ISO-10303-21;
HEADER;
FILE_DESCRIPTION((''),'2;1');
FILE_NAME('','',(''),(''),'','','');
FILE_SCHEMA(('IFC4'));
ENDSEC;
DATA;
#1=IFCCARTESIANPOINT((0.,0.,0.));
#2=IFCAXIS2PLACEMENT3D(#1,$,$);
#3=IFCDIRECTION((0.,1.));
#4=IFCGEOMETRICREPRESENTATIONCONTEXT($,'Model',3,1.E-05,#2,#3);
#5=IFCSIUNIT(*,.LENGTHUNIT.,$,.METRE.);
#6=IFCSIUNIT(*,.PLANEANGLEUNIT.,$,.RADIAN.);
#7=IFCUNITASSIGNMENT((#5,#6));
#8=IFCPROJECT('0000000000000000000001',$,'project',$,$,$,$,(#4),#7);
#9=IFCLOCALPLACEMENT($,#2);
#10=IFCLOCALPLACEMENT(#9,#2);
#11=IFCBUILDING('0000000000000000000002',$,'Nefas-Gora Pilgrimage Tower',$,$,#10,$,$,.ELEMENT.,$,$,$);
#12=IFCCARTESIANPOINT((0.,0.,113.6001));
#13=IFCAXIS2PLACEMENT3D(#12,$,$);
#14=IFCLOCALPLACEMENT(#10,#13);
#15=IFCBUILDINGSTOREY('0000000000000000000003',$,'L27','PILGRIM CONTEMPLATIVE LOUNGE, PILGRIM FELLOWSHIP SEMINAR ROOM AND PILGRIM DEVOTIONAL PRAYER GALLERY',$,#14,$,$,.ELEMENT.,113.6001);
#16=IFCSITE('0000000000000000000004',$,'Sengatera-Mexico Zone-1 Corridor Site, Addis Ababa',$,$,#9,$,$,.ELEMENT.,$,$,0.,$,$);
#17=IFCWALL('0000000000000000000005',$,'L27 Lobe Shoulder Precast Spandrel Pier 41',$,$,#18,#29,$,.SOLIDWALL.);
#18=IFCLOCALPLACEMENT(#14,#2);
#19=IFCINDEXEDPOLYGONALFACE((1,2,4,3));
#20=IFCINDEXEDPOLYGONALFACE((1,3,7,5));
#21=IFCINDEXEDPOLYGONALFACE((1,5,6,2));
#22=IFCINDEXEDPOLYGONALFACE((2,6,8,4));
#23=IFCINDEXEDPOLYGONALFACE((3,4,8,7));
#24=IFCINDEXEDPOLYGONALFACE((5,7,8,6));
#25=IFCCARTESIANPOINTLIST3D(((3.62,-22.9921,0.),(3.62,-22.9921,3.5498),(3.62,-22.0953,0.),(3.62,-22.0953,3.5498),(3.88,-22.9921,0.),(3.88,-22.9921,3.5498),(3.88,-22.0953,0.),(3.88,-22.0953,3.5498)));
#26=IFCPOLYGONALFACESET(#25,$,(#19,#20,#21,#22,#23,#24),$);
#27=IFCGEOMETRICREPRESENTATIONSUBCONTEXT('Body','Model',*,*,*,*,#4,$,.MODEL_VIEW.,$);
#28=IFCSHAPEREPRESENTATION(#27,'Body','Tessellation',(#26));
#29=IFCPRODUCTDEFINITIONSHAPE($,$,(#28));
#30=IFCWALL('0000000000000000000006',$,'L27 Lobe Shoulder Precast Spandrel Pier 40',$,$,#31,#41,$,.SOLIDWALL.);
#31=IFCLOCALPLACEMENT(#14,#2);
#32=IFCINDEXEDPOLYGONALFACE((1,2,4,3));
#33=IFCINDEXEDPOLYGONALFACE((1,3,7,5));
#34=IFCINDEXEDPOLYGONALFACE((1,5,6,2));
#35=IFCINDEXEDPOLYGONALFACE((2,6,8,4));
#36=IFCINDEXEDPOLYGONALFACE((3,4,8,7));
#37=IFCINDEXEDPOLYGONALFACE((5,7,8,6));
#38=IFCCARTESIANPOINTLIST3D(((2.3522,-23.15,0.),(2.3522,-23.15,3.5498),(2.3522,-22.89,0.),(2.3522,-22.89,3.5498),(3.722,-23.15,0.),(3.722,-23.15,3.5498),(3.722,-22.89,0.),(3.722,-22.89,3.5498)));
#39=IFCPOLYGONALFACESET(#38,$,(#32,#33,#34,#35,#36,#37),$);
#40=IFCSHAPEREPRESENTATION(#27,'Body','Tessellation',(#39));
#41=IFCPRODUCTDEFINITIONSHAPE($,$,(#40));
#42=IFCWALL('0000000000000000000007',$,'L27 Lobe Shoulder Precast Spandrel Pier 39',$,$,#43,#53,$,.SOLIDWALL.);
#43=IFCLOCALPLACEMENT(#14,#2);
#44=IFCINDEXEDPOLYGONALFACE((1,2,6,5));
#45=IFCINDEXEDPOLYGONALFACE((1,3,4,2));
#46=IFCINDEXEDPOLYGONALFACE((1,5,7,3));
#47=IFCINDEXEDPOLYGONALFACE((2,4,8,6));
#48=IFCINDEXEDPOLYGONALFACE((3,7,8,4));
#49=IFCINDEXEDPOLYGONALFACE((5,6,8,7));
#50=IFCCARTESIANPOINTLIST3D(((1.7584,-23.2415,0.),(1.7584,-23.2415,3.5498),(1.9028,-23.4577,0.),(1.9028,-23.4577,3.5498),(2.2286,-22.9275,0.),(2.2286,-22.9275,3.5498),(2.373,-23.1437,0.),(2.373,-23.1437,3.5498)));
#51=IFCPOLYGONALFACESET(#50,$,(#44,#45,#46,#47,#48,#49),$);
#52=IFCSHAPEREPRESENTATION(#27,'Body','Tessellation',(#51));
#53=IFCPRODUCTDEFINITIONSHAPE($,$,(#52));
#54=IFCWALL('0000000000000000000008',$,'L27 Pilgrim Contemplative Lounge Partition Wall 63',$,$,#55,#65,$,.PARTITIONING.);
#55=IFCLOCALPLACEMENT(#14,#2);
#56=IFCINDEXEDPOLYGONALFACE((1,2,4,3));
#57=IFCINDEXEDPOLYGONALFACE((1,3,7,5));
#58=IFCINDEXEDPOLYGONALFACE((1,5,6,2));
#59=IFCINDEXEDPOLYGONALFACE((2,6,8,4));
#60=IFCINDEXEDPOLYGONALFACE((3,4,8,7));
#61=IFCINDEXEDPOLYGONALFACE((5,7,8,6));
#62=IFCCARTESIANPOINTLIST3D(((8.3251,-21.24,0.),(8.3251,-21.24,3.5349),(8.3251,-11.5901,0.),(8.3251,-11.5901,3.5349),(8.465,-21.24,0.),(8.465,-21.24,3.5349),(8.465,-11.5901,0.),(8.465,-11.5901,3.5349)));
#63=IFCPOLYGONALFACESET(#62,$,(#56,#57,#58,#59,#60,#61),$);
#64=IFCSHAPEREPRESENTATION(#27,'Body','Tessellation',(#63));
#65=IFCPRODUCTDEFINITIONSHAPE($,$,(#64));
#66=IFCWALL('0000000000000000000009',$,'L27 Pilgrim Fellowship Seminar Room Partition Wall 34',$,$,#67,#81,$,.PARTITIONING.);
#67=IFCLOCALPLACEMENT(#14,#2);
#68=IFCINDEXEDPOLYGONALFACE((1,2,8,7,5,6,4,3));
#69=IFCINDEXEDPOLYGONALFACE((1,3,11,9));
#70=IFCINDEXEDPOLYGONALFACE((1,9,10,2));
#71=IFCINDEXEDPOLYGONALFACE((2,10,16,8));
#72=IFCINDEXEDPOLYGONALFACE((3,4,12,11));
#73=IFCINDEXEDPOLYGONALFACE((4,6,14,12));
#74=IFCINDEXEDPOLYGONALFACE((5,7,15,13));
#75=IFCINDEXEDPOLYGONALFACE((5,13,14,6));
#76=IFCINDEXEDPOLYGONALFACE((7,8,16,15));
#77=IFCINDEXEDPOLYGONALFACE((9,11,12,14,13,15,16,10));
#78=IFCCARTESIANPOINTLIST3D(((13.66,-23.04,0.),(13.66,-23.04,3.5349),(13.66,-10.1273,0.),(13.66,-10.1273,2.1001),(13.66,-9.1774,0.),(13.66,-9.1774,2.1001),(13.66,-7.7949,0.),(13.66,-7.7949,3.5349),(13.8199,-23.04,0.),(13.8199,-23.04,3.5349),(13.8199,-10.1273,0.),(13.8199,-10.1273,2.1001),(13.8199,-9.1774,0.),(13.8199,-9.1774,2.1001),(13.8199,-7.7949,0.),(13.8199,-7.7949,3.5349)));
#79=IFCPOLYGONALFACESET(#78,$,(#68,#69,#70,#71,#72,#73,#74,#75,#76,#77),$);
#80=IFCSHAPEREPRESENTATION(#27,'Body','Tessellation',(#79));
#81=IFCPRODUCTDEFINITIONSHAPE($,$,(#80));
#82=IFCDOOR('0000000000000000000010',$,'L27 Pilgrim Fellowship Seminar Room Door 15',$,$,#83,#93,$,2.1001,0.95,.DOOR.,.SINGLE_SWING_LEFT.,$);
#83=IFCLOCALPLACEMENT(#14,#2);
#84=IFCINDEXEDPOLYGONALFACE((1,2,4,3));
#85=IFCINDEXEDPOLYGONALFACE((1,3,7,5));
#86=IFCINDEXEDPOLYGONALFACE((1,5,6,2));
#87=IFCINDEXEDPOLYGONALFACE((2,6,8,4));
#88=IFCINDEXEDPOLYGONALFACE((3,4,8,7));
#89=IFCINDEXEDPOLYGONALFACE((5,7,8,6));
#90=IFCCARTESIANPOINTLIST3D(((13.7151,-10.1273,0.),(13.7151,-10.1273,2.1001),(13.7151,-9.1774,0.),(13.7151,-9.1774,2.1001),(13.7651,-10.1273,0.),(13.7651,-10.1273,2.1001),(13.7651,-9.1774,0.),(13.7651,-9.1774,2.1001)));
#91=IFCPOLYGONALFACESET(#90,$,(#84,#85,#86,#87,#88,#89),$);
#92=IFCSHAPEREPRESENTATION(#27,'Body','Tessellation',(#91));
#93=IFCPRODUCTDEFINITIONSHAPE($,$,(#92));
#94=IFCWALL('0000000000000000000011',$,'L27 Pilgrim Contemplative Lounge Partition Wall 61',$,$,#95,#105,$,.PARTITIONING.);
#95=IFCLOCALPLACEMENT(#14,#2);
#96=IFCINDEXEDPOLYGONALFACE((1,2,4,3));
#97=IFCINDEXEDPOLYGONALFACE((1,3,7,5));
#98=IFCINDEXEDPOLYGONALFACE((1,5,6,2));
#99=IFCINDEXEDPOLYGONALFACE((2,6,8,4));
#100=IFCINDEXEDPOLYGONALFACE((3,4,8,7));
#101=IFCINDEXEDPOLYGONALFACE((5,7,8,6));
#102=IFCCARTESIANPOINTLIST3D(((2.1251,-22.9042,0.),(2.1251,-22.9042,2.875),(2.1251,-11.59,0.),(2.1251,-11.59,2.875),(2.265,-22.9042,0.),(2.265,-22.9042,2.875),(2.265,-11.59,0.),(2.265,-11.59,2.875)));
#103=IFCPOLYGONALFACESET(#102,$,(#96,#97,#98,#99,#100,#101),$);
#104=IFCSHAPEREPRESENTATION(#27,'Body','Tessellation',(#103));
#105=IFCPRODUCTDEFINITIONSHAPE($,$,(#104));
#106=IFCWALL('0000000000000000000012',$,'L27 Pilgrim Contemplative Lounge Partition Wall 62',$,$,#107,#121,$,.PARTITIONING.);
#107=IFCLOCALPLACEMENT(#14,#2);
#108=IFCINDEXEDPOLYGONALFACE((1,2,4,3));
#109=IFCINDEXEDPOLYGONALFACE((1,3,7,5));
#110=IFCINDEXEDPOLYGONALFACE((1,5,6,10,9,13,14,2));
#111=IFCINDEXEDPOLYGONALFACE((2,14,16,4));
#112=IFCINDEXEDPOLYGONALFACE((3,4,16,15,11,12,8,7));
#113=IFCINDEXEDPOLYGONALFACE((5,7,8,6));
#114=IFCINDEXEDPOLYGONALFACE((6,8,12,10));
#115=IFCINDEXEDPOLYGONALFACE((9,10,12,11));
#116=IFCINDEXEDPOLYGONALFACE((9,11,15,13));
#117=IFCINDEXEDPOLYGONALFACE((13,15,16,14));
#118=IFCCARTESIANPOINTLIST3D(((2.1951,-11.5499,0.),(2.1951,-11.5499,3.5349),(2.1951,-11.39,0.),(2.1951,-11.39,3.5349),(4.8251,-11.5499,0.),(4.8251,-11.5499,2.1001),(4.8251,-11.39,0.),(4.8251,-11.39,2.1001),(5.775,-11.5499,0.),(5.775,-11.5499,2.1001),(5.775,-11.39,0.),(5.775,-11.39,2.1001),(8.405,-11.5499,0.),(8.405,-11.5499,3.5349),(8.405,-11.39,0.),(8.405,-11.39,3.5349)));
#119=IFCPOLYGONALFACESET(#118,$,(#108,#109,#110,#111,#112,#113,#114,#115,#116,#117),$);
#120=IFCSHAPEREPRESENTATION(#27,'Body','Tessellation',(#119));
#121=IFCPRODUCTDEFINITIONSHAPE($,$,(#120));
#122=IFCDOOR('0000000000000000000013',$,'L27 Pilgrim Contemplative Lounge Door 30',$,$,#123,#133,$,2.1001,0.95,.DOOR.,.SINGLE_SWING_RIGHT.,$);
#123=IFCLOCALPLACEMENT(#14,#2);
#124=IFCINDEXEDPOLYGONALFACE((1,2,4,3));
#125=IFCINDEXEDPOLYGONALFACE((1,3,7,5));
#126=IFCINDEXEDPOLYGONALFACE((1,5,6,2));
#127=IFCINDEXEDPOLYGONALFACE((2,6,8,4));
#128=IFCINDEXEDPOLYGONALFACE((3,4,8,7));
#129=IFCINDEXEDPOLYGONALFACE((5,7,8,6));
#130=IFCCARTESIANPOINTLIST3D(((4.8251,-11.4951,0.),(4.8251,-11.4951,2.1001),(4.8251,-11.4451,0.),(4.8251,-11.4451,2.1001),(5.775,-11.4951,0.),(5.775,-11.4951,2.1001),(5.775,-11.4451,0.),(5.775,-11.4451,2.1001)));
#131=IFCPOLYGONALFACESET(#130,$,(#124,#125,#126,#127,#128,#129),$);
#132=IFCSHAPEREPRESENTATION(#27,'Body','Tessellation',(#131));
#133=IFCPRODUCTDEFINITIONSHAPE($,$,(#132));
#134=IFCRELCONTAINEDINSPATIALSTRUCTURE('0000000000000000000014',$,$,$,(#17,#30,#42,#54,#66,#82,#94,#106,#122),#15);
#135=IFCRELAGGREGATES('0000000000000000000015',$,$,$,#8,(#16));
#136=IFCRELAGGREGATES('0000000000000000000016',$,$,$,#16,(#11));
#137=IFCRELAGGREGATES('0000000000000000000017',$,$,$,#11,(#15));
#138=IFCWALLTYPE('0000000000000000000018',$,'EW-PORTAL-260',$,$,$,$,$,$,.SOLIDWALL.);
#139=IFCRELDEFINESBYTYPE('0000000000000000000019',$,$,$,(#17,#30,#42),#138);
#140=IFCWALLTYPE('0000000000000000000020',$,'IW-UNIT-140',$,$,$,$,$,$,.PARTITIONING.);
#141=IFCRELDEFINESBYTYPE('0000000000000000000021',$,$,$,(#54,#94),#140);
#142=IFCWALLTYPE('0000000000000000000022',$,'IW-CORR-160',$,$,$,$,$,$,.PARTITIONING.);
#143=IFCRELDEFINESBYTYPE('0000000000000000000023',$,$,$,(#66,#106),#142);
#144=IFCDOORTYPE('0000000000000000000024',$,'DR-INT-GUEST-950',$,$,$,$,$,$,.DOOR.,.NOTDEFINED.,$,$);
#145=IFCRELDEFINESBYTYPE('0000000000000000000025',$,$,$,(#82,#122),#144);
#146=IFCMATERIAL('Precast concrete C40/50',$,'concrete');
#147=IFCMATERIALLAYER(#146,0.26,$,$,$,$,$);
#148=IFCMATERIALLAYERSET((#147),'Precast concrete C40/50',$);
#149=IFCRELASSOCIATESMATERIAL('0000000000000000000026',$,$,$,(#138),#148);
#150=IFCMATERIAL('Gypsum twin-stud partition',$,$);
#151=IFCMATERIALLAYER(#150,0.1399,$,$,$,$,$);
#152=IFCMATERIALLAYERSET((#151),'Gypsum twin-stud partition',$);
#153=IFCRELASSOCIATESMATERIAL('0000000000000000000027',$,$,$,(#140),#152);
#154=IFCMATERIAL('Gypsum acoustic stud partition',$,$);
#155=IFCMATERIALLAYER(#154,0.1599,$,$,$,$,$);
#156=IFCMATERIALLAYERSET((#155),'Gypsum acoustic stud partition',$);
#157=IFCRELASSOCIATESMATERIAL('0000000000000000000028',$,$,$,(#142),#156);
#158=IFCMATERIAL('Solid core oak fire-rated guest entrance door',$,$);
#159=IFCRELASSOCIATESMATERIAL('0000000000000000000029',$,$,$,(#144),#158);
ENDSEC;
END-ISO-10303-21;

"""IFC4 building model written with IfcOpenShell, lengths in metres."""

from ifc_helpers import new_model, si_unit, direction, frame, frame_2d, origin, place, context, subcontext, project, spatial, rectangle, extrude, source, transform, mapped, material, layer, layer_set, type_object, element, fill, save


model = new_model("IFC4")

# Units and contexts
model_context = context("Model", 3, precision=1e-05, world=origin(), true_north=direction((0.0, 1.0)))
body_context = subcontext(model_context, "Body", "Model", "MODEL_VIEW")
ifc_project = project(units=[si_unit("LENGTHUNIT", "METRE"), si_unit("PLANEANGLEUNIT", "RADIAN")], contexts=[model_context])

# Site, building, storey
site_placement = place(None, origin())
site = spatial("IfcSite", under=ifc_project, at=site_placement, Name="Sengatera-Mexico Zone-1 Corridor Site, Addis Ababa", CompositionType="ELEMENT", RefElevation=0.0)
building_placement = place(site_placement, origin())
building = spatial("IfcBuilding", under=site, at=building_placement, Name="Nefas-Gora Pilgrimage Tower", CompositionType="ELEMENT")
storey_placement = place(building_placement, frame((0.0, 0.0, 113.6001)))
storey = spatial("IfcBuildingStorey", under=building, at=storey_placement, Name="L27", Description="PILGRIM CONTEMPLATIVE LOUNGE, PILGRIM FELLOWSHIP SEMINAR ROOM AND PILGRIM DEVOTIONAL PRAYER GALLERY", CompositionType="ELEMENT", Elevation=113.6001)

# Walls
ifc_material_1 = material(Name="Precast concrete C40/50", Category="concrete")
ifc_layer_1 = layer(ifc_material_1, 0.26)
ifc_layer_set_1 = layer_set([ifc_layer_1], Name="Precast concrete C40/50")
wall_type_1 = type_object("IfcWallType", Name="EW-PORTAL-260", PredefinedType="SOLIDWALL", material=ifc_layer_set_1)
shared_shape_1 = source(origin(), body_context, "Body", "SweptSolid", [
    extrude(rectangle(XDim=0.8967, YDim=0.26, at=frame_2d((0.4482, 0.0))), origin(), (0.0, 0.0, 1.0), 3.5498),
])
wall_1_placement = place(storey_placement, frame((3.75, -22.9919, 0.0), z_axis=(0.0, 0.0, 1.0), x_axis=(0.0, 1.0, 0.0)))
element("IfcWall", 1, at=wall_1_placement, inside=storey, type_object=wall_type_1, Name="L27 Lobe Shoulder Precast Spandrel Pier 41", PredefinedType="SOLIDWALL", context=body_context, shape_type="MappedRepresentation", body=[
    mapped(shared_shape_1, transform((0.0, 0.0, 0.0), x_axis=(1.0, 0.0, 0.0), y_axis=(0.0, 1.0, 0.0), z_axis=(0.0, 0.0, 1.0), scale=1.0)),
])
shared_shape_2 = source(origin(), body_context, "Body", "SweptSolid", [
    extrude(rectangle(XDim=1.3699, YDim=0.26, at=frame_2d((0.6851, 0.0))), origin(), (0.0, 0.0, 1.0), 3.5498),
])
wall_2_placement = place(storey_placement, frame((2.3521, -23.02, 0.0), z_axis=(0.0, 0.0, 1.0), x_axis=(1.0, 0.0, 0.0)))
element("IfcWall", 2, at=wall_2_placement, inside=storey, type_object=wall_type_1, Name="L27 Lobe Shoulder Precast Spandrel Pier 40", PredefinedType="SOLIDWALL", context=body_context, shape_type="MappedRepresentation", body=[
    mapped(shared_shape_2, transform((0.0, 0.0, 0.0), x_axis=(1.0, 0.0, 0.0), y_axis=(0.0, 1.0, 0.0), z_axis=(0.0, 0.0, 1.0), scale=1.0)),
])
shared_shape_3 = source(origin(), body_context, "Body", "SweptSolid", [
    extrude(rectangle(XDim=0.5654, YDim=0.26, at=frame_2d((0.2827, 0.0))), origin(), (0.0, 0.0, 1.0), 3.5498),
])
wall_3_placement = place(storey_placement, frame((1.8306, -23.3496, 0.0), z_axis=(0.0, 0.0, 1.0), x_axis=(0.831651, 0.555298, 0.0)))
element("IfcWall", 3, at=wall_3_placement, inside=storey, type_object=wall_type_1, Name="L27 Lobe Shoulder Precast Spandrel Pier 39", PredefinedType="SOLIDWALL", context=body_context, shape_type="MappedRepresentation", body=[
    mapped(shared_shape_3, transform((0.0, 0.0, 0.0), x_axis=(1.0, 0.0, 0.0), y_axis=(0.0, 1.0, 0.0), z_axis=(0.0, 0.0, 1.0), scale=1.0)),
])
ifc_material_2 = material(Name="Gypsum twin-stud partition")
ifc_layer_2 = layer(ifc_material_2, 0.1399)
ifc_layer_set_2 = layer_set([ifc_layer_2], Name="Gypsum twin-stud partition")
wall_type_2 = type_object("IfcWallType", Name="IW-UNIT-140", PredefinedType="PARTITIONING", material=ifc_layer_set_2)
shared_shape_4 = source(origin(), body_context, "Body", "SweptSolid", [
    extrude(rectangle(XDim=9.6499, YDim=0.1399, at=frame_2d((4.825, 0.0))), origin(), (0.0, 0.0, 1.0), 3.5349),
])
wall_4_placement = place(storey_placement, frame((8.395, -21.24, 0.0), z_axis=(0.0, 0.0, 1.0), x_axis=(0.0, 1.0, 0.0)))
element("IfcWall", 4, at=wall_4_placement, inside=storey, type_object=wall_type_2, Name="L27 Pilgrim Contemplative Lounge Partition Wall 63", PredefinedType="PARTITIONING", context=body_context, shape_type="MappedRepresentation", body=[
    mapped(shared_shape_4, transform((0.0, 0.0, 0.0), x_axis=(1.0, 0.0, 0.0), y_axis=(0.0, 1.0, 0.0), z_axis=(0.0, 0.0, 1.0), scale=1.0)),
])

# Wall, opening, door
ifc_material_3 = material(Name="Gypsum acoustic stud partition")
ifc_layer_3 = layer(ifc_material_3, 0.1599)
ifc_layer_set_3 = layer_set([ifc_layer_3], Name="Gypsum acoustic stud partition")
wall_type_3 = type_object("IfcWallType", Name="IW-CORR-160", PredefinedType="PARTITIONING", material=ifc_layer_set_3)
shared_shape_5 = source(origin(), body_context, "Body", "SweptSolid", [
    extrude(rectangle(XDim=15.2451, YDim=0.1599, at=frame_2d((7.6226, 0.0))), origin(), (0.0, 0.0, 1.0), 3.5349),
])
wall_5_placement = place(storey_placement, frame((13.74, -23.04, 0.0), z_axis=(0.0, 0.0, 1.0), x_axis=(0.0, 1.0, 0.0)))
wall_5 = element("IfcWall", 5, at=wall_5_placement, inside=storey, type_object=wall_type_3, Name="L27 Pilgrim Fellowship Seminar Room Partition Wall 34", PredefinedType="PARTITIONING", context=body_context, shape_type="MappedRepresentation", body=[
    mapped(shared_shape_5, transform((0.0, 0.0, 0.0), x_axis=(1.0, 0.0, 0.0), y_axis=(0.0, 1.0, 0.0), z_axis=(0.0, 0.0, 1.0), scale=1.0)),
])
opening_1_placement = place(wall_5_placement, frame((12.9126, 0.0, 0.0)))
opening_1 = element("IfcOpeningElement", 6, at=opening_1_placement, cuts=wall_5, PredefinedType="OPENING", context=body_context, shape_type="SweptSolid", body=[
    extrude(rectangle(XDim=0.95, YDim=2.1001, at=frame_2d((0.4751, 1.05))), frame((0.0, 0.0898, 0.0), z_axis=(0.0, -1.0, 0.0), x_axis=(1.0, 0.0, 0.0)), (0.0, 0.0, 1.0), 0.1799),
])
ifc_material_4 = material(Name="Solid core oak fire-rated guest entrance door")
door_type = type_object("IfcDoorType", Name="DR-INT-GUEST-950", OperationType="NOTDEFINED", PredefinedType="DOOR", material=ifc_material_4)
shared_shape_6 = source(origin(), body_context, "Body", "SweptSolid", [
    extrude(rectangle(XDim=0.95, YDim=2.1001, at=frame_2d((0.4751, 1.05))), frame((0.0, 0.0249, 0.0), z_axis=(0.0, -1.0, 0.0), x_axis=(1.0, 0.0, 0.0)), (0.0, 0.0, 1.0), 0.05),
])
door_1_placement = place(opening_1_placement, origin())
door_1 = element("IfcDoor", 7, at=door_1_placement, inside=storey, type_object=door_type, Name="L27 Pilgrim Fellowship Seminar Room Door 15", OperationType="SINGLE_SWING_LEFT", OverallHeight=2.1001, OverallWidth=0.95, PredefinedType="DOOR", context=body_context, shape_type="MappedRepresentation", body=[
    mapped(shared_shape_6, transform((0.0, 0.0, 0.0), x_axis=(1.0, 0.0, 0.0), y_axis=(0.0, 1.0, 0.0), z_axis=(0.0, 0.0, 1.0), scale=1.0)),
])
fill(opening_1, door_1)

# Wall
shared_shape_7 = source(origin(), body_context, "Body", "SweptSolid", [
    extrude(rectangle(XDim=11.3142, YDim=0.1399, at=frame_2d((5.6572, 0.0))), origin(), (0.0, 0.0, 1.0), 2.875),
])
wall_6_placement = place(storey_placement, frame((2.1951, -22.9043, 0.0), z_axis=(0.0, 0.0, 1.0), x_axis=(0.0, 1.0, 0.0)))
element("IfcWall", 8, at=wall_6_placement, inside=storey, type_object=wall_type_2, Name="L27 Pilgrim Contemplative Lounge Partition Wall 61", PredefinedType="PARTITIONING", context=body_context, shape_type="MappedRepresentation", body=[
    mapped(shared_shape_7, transform((0.0, 0.0, 0.0), x_axis=(1.0, 0.0, 0.0), y_axis=(0.0, 1.0, 0.0), z_axis=(0.0, 0.0, 1.0), scale=1.0)),
])

# Wall, opening, door
shared_shape_8 = source(origin(), body_context, "Body", "SweptSolid", [
    extrude(rectangle(XDim=6.21, YDim=0.1599, at=frame_2d((3.105, 0.0))), origin(), (0.0, 0.0, 1.0), 3.5349),
])
wall_7_placement = place(storey_placement, frame((2.1951, -11.47, 0.0), z_axis=(0.0, 0.0, 1.0), x_axis=(1.0, 0.0, 0.0)))
wall_7 = element("IfcWall", 9, at=wall_7_placement, inside=storey, type_object=wall_type_3, Name="L27 Pilgrim Contemplative Lounge Partition Wall 62", PredefinedType="PARTITIONING", context=body_context, shape_type="MappedRepresentation", body=[
    mapped(shared_shape_8, transform((0.0, 0.0, 0.0), x_axis=(1.0, 0.0, 0.0), y_axis=(0.0, 1.0, 0.0), z_axis=(0.0, 0.0, 1.0), scale=1.0)),
])
opening_2_placement = place(wall_7_placement, frame((2.6299, 0.0, 0.0)))
opening_2 = element("IfcOpeningElement", 10, at=opening_2_placement, cuts=wall_7, PredefinedType="OPENING", context=body_context, shape_type="SweptSolid", body=[
    extrude(rectangle(XDim=0.95, YDim=2.1001, at=frame_2d((0.4751, 1.05))), frame((0.0, 0.0898, 0.0), z_axis=(0.0, -1.0, 0.0), x_axis=(1.0, 0.0, 0.0)), (0.0, 0.0, 1.0), 0.1799),
])
door_2_placement = place(opening_2_placement, origin())
door_2 = element("IfcDoor", 11, at=door_2_placement, inside=storey, type_object=door_type, Name="L27 Pilgrim Contemplative Lounge Door 30", OperationType="SINGLE_SWING_RIGHT", OverallHeight=2.1001, OverallWidth=0.95, PredefinedType="DOOR", context=body_context, shape_type="MappedRepresentation", body=[
    mapped(shared_shape_6, transform((0.0, 0.0, 0.0), x_axis=(1.0, 0.0, 0.0), y_axis=(0.0, 1.0, 0.0), z_axis=(0.0, 0.0, 1.0), scale=1.0)),
])
fill(opening_2, door_2)

save(model, "model.ifc")
